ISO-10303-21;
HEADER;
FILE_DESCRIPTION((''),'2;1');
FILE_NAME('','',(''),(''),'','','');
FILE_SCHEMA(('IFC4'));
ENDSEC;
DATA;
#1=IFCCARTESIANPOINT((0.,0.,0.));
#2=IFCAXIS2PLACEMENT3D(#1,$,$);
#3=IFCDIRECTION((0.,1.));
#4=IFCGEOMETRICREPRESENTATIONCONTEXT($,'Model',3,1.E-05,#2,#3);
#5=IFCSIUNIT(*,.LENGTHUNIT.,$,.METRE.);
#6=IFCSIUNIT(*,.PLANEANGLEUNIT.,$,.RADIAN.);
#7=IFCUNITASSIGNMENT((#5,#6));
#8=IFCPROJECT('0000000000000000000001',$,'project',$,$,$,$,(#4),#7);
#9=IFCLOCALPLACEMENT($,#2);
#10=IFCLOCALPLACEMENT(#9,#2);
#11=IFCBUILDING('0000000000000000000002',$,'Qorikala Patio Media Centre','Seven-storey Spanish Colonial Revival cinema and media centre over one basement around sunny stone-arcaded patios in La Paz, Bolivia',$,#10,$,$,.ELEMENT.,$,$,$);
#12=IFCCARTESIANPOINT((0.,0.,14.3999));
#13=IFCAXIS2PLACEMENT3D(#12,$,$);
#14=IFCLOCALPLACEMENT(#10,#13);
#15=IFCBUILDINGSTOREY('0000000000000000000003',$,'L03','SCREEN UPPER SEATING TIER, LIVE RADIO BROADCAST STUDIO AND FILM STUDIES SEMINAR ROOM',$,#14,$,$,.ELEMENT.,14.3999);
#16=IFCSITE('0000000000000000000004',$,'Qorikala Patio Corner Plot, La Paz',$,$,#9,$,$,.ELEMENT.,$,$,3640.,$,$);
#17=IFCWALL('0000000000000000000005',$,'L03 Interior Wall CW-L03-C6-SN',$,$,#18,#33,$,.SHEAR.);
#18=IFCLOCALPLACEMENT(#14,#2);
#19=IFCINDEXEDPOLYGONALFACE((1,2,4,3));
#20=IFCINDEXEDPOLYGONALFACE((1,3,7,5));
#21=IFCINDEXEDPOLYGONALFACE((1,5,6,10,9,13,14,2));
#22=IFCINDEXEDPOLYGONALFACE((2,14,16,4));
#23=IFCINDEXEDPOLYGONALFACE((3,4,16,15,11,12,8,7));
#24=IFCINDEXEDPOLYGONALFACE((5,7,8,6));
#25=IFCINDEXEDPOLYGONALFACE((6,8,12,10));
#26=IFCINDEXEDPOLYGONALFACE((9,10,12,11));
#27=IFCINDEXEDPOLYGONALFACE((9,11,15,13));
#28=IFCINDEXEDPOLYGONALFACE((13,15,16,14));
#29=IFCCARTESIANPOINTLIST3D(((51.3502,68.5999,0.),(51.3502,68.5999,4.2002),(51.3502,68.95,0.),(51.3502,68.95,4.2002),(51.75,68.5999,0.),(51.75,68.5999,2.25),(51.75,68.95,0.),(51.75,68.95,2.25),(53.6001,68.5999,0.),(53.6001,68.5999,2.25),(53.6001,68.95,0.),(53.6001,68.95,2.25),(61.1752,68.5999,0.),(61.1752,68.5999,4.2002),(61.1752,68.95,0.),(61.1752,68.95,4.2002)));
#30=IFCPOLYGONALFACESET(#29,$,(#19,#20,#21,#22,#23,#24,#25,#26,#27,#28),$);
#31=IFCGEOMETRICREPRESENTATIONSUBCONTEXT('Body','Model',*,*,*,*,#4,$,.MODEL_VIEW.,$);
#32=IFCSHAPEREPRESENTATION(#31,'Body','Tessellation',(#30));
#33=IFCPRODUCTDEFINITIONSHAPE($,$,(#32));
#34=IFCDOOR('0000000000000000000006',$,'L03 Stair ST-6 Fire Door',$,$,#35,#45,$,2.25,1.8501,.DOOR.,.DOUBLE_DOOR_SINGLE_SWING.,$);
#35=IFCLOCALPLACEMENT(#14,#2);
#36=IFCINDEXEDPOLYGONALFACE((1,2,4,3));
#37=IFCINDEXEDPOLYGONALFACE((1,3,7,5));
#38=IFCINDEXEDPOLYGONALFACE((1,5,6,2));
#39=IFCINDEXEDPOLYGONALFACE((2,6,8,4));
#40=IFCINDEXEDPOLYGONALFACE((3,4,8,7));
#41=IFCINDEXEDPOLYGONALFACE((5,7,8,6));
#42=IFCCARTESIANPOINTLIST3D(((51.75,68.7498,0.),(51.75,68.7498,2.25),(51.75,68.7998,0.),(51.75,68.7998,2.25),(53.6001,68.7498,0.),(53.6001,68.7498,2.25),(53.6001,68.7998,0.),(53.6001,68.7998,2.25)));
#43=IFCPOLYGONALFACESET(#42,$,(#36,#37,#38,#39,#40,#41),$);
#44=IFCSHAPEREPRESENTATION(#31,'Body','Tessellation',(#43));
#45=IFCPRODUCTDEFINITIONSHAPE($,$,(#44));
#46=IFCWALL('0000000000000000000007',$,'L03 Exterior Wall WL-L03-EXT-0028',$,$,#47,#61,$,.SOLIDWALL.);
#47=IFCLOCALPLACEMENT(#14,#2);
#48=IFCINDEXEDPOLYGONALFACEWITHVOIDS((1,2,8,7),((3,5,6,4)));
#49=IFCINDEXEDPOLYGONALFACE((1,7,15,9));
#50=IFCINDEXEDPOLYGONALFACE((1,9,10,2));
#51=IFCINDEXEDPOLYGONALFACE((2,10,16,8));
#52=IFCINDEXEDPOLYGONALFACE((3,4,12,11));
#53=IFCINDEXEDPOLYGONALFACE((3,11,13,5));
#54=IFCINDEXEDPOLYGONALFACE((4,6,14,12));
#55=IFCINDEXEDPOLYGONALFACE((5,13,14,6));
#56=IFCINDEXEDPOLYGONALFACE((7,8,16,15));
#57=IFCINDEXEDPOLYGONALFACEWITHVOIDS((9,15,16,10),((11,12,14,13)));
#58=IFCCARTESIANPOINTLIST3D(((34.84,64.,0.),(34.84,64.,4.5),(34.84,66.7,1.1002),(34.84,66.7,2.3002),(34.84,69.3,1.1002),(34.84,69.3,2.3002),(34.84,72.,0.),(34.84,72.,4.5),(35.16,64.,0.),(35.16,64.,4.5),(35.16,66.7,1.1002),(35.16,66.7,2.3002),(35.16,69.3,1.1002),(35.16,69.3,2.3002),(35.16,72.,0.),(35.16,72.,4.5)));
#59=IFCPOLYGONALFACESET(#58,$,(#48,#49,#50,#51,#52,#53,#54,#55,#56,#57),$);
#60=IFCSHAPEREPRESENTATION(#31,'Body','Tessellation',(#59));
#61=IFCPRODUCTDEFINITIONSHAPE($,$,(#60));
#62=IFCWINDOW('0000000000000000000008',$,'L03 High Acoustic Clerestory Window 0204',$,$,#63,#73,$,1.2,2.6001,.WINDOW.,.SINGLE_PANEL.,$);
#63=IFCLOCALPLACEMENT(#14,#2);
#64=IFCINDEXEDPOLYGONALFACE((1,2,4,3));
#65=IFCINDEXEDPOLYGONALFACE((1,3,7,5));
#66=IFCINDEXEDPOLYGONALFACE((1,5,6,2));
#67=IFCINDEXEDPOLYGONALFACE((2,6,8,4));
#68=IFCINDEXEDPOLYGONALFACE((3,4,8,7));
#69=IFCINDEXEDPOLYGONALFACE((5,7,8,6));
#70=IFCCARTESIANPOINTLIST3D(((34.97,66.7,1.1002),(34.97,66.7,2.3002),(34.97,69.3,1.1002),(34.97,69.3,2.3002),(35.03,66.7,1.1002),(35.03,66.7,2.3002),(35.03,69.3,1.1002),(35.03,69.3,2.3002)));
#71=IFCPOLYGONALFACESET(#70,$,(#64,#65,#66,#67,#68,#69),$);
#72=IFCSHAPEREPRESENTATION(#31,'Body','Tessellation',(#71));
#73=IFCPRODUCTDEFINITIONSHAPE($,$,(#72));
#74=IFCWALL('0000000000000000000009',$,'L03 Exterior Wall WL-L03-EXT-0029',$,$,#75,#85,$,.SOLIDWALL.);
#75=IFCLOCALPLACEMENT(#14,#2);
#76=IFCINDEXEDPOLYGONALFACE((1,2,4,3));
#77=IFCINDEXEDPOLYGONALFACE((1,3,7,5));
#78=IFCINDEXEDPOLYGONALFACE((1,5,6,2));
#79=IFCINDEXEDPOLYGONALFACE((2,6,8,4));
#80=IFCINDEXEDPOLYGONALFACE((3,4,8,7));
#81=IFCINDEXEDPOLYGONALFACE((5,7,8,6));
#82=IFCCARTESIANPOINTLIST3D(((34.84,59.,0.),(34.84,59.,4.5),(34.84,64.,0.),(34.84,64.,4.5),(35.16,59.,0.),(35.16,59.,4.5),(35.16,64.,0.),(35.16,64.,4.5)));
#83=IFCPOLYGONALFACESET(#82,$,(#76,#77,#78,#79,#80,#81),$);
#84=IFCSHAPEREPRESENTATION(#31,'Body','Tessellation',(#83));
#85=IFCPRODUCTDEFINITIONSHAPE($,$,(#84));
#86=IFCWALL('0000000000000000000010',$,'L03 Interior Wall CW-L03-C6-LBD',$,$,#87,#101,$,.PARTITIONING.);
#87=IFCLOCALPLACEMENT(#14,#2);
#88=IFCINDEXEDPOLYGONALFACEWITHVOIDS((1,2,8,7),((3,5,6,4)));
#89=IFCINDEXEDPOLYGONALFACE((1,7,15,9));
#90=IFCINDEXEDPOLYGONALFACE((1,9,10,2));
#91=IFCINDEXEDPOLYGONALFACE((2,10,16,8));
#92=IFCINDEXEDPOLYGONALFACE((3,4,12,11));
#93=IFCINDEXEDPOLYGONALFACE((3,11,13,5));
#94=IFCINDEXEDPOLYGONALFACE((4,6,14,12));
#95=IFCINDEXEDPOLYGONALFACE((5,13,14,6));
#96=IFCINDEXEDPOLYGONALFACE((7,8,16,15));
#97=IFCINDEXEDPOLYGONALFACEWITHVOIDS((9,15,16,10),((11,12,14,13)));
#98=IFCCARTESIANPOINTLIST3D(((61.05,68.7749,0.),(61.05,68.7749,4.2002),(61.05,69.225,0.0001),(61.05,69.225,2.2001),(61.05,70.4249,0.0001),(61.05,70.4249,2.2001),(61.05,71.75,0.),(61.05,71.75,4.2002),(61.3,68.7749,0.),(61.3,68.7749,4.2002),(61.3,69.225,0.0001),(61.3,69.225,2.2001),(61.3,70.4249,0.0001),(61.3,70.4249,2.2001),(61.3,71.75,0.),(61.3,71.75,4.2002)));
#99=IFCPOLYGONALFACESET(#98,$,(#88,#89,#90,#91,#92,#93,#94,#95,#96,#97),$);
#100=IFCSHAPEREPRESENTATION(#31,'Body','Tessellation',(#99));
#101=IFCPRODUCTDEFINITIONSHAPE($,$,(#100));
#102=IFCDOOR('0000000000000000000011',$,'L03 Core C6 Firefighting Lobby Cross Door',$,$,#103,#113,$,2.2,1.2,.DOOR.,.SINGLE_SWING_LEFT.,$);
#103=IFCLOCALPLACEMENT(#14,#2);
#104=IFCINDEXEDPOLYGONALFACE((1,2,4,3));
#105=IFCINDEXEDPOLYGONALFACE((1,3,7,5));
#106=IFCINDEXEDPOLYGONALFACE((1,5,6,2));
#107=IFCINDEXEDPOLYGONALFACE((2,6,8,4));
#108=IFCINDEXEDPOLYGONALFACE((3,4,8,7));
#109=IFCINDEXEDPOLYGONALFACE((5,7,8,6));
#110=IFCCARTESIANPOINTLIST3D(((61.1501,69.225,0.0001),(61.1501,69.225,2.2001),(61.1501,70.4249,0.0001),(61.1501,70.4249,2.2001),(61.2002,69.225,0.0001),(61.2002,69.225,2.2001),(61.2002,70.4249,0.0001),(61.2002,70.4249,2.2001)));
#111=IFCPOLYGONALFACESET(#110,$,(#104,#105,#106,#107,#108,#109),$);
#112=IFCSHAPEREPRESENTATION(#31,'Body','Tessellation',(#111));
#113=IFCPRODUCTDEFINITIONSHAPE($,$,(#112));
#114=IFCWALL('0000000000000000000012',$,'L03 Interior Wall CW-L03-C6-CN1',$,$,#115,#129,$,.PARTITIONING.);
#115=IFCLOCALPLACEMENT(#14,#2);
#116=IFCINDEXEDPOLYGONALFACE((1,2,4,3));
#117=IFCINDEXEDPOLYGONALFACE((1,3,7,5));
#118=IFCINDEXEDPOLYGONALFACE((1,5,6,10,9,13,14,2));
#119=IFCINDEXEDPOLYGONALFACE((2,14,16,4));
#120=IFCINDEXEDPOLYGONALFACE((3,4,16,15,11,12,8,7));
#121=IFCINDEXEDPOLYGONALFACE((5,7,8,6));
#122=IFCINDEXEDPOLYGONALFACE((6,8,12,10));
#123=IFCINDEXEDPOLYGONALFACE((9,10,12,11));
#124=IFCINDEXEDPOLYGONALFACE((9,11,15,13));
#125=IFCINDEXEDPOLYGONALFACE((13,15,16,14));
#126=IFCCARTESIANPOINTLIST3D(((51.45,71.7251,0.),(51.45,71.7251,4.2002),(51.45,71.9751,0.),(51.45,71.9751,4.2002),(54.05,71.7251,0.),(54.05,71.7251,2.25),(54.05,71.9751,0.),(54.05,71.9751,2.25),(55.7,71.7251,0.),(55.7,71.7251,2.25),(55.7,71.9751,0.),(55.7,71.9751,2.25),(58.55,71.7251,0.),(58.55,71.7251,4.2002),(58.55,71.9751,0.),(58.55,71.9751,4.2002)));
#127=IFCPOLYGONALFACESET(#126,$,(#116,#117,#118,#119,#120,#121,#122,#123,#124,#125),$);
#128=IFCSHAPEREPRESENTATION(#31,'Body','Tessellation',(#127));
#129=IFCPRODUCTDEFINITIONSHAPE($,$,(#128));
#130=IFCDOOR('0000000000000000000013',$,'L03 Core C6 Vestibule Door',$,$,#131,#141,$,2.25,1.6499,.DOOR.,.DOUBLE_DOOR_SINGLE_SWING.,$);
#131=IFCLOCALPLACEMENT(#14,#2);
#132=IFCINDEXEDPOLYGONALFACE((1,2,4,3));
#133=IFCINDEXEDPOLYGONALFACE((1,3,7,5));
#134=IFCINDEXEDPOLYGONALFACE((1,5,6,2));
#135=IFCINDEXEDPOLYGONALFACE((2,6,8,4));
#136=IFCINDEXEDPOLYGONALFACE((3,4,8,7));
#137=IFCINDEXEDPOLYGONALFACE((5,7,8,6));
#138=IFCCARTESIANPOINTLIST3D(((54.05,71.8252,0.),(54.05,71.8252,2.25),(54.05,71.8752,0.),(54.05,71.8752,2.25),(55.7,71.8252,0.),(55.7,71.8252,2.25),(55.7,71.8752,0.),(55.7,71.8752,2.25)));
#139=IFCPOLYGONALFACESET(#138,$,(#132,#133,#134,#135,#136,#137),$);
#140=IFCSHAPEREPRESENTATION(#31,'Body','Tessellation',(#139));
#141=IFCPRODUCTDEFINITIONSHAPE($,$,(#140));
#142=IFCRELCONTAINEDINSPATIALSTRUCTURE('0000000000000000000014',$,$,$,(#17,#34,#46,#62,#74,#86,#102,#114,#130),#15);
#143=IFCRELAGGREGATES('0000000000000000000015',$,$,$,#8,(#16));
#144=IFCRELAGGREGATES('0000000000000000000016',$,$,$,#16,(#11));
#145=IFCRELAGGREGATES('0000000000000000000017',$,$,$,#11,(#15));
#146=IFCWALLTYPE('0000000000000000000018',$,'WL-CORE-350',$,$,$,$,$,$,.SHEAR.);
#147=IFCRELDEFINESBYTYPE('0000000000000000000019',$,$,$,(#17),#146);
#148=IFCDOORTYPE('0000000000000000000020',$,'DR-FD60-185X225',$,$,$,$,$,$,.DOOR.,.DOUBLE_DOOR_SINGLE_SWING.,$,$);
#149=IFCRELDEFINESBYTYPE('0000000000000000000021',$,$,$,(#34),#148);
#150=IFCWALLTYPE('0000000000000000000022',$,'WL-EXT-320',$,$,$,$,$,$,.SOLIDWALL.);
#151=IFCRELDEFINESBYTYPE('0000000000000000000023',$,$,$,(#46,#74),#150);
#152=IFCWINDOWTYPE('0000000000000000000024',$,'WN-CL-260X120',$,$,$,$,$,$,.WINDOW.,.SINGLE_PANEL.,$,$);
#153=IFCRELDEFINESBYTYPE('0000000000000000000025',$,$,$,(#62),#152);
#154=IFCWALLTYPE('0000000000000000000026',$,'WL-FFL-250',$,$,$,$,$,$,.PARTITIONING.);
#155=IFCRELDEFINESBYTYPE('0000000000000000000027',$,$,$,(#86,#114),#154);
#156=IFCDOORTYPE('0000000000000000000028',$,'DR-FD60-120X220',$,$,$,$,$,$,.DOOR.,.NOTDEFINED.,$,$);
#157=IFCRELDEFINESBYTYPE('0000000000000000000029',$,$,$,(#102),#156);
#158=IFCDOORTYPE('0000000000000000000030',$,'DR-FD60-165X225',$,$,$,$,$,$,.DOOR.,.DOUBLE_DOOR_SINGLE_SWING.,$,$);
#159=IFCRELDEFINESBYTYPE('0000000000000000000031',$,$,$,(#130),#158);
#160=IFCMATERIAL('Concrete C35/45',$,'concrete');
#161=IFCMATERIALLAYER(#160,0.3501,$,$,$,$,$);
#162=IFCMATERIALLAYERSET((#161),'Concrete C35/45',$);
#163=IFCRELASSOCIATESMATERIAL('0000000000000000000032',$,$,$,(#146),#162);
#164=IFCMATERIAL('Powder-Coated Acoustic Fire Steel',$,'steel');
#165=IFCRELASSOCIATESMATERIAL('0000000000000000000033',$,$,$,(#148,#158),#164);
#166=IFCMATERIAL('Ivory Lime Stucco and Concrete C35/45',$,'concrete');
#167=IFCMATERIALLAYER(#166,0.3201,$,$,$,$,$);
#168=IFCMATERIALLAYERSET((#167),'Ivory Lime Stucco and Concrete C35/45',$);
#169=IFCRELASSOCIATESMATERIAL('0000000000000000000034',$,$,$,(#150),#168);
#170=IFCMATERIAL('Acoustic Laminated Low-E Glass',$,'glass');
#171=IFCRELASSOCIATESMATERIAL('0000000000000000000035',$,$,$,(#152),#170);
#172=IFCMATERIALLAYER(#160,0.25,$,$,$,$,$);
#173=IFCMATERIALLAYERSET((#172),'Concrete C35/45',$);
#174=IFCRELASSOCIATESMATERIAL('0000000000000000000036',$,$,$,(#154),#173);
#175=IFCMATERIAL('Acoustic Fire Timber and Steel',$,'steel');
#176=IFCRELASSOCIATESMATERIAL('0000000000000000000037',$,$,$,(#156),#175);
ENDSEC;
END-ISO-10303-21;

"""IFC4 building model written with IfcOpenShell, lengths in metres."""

from ifc_helpers import new_model, si_unit, direction, frame, frame_2d, origin, place, context, subcontext, project, spatial, rectangle, extrude, material, layer, layer_set, type_object, element, fill, save


model = new_model("IFC4")

# Units and contexts
model_context = context("Model", 3, precision=1e-05, world=origin(), true_north=direction((0.0, 1.0)))
body_context = subcontext(model_context, "Body", "Model", "MODEL_VIEW")
ifc_project = project(units=[si_unit("LENGTHUNIT", "METRE"), si_unit("PLANEANGLEUNIT", "RADIAN")], contexts=[model_context])

# Site, building, storey
site_placement = place(None, origin())
site = spatial("IfcSite", under=ifc_project, at=site_placement, Name="Qorikala Patio Corner Plot, La Paz", CompositionType="ELEMENT", RefElevation=3640.0)
building_placement = place(site_placement, origin())
building = spatial("IfcBuilding", under=site, at=building_placement, Name="Qorikala Patio Media Centre", Description="Seven-storey Spanish Colonial Revival cinema and media centre over one basement around sunny stone-arcaded patios in La Paz, Bolivia", CompositionType="ELEMENT")
storey_placement = place(building_placement, frame((0.0, 0.0, 14.3999)))
storey = spatial("IfcBuildingStorey", under=building, at=storey_placement, Name="L03", Description="SCREEN UPPER SEATING TIER, LIVE RADIO BROADCAST STUDIO AND FILM STUDIES SEMINAR ROOM", CompositionType="ELEMENT", Elevation=14.3999)

# Shared definitions
ifc_material_1 = material(Name="Concrete C35/45", Category="concrete")

# Shared definitions
ifc_layer_1 = layer(ifc_material_1, 0.3501)
ifc_layer_set_1 = layer_set([ifc_layer_1], Name="Concrete C35/45")
wall_type_1 = type_object("IfcWallType", Name="WL-CORE-350", PredefinedType="SHEAR", material=ifc_layer_set_1)

# Wall, opening, door
wall_1_placement = place(storey_placement, frame((51.3501, 68.7749, 0.0), z_axis=(0.0, 0.0, 1.0), x_axis=(1.0, 0.0, 0.0)))
wall_1 = element("IfcWall", 1, at=wall_1_placement, inside=storey, type_object=wall_type_1, Name="L03 Interior Wall CW-L03-C6-SN", PredefinedType="SHEAR", context=body_context, shape_type="SweptSolid", body=[
    extrude(rectangle(XDim=9.825, YDim=0.3501, at=frame_2d((4.9126, 0.0))), origin(), (0.0, 0.0, 1.0), 4.2002),
])
opening_1_placement = place(wall_1_placement, frame((0.3999, 0.0, 0.0)))
opening_1 = element("IfcOpeningElement", 2, at=opening_1_placement, cuts=wall_1, PredefinedType="OPENING", context=body_context, shape_type="SweptSolid", body=[
    extrude(rectangle(XDim=1.8501, YDim=2.25, at=frame_2d((0.925, 1.125))), frame((0.0, 0.1851, 0.0), z_axis=(0.0, -1.0, 0.0), x_axis=(1.0, 0.0, 0.0)), (0.0, 0.0, 1.0), 0.3701),
])
ifc_material_2 = material(Name="Powder-Coated Acoustic Fire Steel", Category="steel")
door_type_1 = type_object("IfcDoorType", Name="DR-FD60-185X225", OperationType="DOUBLE_DOOR_SINGLE_SWING", PredefinedType="DOOR", material=ifc_material_2)
door_1_placement = place(opening_1_placement, origin())
door_1 = element("IfcDoor", 3, at=door_1_placement, inside=storey, type_object=door_type_1, Name="L03 Stair ST-6 Fire Door", OperationType="DOUBLE_DOOR_SINGLE_SWING", OverallHeight=2.25, OverallWidth=1.8501, PredefinedType="DOOR", context=body_context, shape_type="SweptSolid", body=[
    extrude(rectangle(XDim=1.8501, YDim=2.25, at=frame_2d((0.925, 1.125))), frame((0.0, 0.0249, 0.0), z_axis=(0.0, -1.0, 0.0), x_axis=(1.0, 0.0, 0.0)), (0.0, 0.0, 1.0), 0.05),
])
fill(opening_1, door_1)

# Wall, opening, window
ifc_material_3 = material(Name="Ivory Lime Stucco and Concrete C35/45", Category="concrete")
ifc_layer_2 = layer(ifc_material_3, 0.3201)
ifc_layer_set_2 = layer_set([ifc_layer_2], Name="Ivory Lime Stucco and Concrete C35/45")
wall_type_2 = type_object("IfcWallType", Name="WL-EXT-320", PredefinedType="SOLIDWALL", material=ifc_layer_set_2)
wall_2_placement = place(storey_placement, frame((35.0, 72.0, 0.0), z_axis=(0.0, 0.0, 1.0), x_axis=(0.0, -1.0, 0.0)))
wall_2 = element("IfcWall", 4, at=wall_2_placement, inside=storey, type_object=wall_type_2, Name="L03 Exterior Wall WL-L03-EXT-0028", PredefinedType="SOLIDWALL", context=body_context, shape_type="SweptSolid", body=[
    extrude(rectangle(XDim=8.0, YDim=0.3201, at=frame_2d((4.0, 0.0))), origin(), (0.0, 0.0, 1.0), 4.5),
])
opening_2_placement = place(wall_2_placement, frame((2.7, 0.0, 1.1001)))
opening_2 = element("IfcOpeningElement", 5, at=opening_2_placement, cuts=wall_2, PredefinedType="OPENING", context=body_context, shape_type="SweptSolid", body=[
    extrude(rectangle(XDim=2.6001, YDim=1.2, at=frame_2d((1.3, 0.6001))), frame((0.0, 0.1699, 0.0), z_axis=(0.0, -1.0, 0.0), x_axis=(1.0, 0.0, 0.0)), (0.0, 0.0, 1.0), 0.3401),
])
ifc_material_4 = material(Name="Acoustic Laminated Low-E Glass", Category="glass")
window_type = type_object("IfcWindowType", Name="WN-CL-260X120", PartitioningType="SINGLE_PANEL", PredefinedType="WINDOW", material=ifc_material_4)
window_placement = place(opening_2_placement, origin())
window = element("IfcWindow", 6, at=window_placement, inside=storey, type_object=window_type, Name="L03 High Acoustic Clerestory Window 0204", OverallHeight=1.2, OverallWidth=2.6001, PartitioningType="SINGLE_PANEL", PredefinedType="WINDOW", context=body_context, shape_type="SweptSolid", body=[
    extrude(rectangle(XDim=2.6001, YDim=1.2, at=frame_2d((1.3, 0.6001))), frame((0.0, 0.03, 0.0), z_axis=(0.0, -1.0, 0.0), x_axis=(1.0, 0.0, 0.0)), (0.0, 0.0, 1.0), 0.0601),
])
fill(opening_2, window)

# Wall
wall_3_placement = place(storey_placement, frame((35.0, 64.0, 0.0), z_axis=(0.0, 0.0, 1.0), x_axis=(0.0, -1.0, 0.0)))
element("IfcWall", 7, at=wall_3_placement, inside=storey, type_object=wall_type_2, Name="L03 Exterior Wall WL-L03-EXT-0029", PredefinedType="SOLIDWALL", context=body_context, shape_type="SweptSolid", body=[
    extrude(rectangle(XDim=5.0, YDim=0.3201, at=frame_2d((2.5, 0.0))), origin(), (0.0, 0.0, 1.0), 4.5),
])

# Walls, openings, doors
ifc_layer_3 = layer(ifc_material_1, 0.25)
ifc_layer_set_3 = layer_set([ifc_layer_3], Name="Concrete C35/45")
wall_type_3 = type_object("IfcWallType", Name="WL-FFL-250", PredefinedType="PARTITIONING", material=ifc_layer_set_3)
wall_4_placement = place(storey_placement, frame((61.175, 68.7749, 0.0), z_axis=(0.0, 0.0, 1.0), x_axis=(0.0, 1.0, 0.0)))
wall_4 = element("IfcWall", 8, at=wall_4_placement, inside=storey, type_object=wall_type_3, Name="L03 Interior Wall CW-L03-C6-LBD", PredefinedType="PARTITIONING", context=body_context, shape_type="SweptSolid", body=[
    extrude(rectangle(XDim=2.9751, YDim=0.25, at=frame_2d((1.4875, 0.0))), origin(), (0.0, 0.0, 1.0), 4.2002),
])
opening_3_placement = place(wall_4_placement, frame((0.45, 0.0, 0.0)))
opening_3 = element("IfcOpeningElement", 9, at=opening_3_placement, cuts=wall_4, PredefinedType="OPENING", context=body_context, shape_type="SweptSolid", body=[
    extrude(rectangle(XDim=1.2, YDim=2.2, at=frame_2d((0.6001, 1.1001))), frame((0.0, 0.135, 0.0), z_axis=(0.0, -1.0, 0.0), x_axis=(1.0, 0.0, 0.0)), (0.0, 0.0, 1.0), 0.27),
])
ifc_material_5 = material(Name="Acoustic Fire Timber and Steel", Category="steel")
door_type_2 = type_object("IfcDoorType", Name="DR-FD60-120X220", OperationType="NOTDEFINED", PredefinedType="DOOR", material=ifc_material_5)
door_2_placement = place(opening_3_placement, origin())
door_2 = element("IfcDoor", 10, at=door_2_placement, inside=storey, type_object=door_type_2, Name="L03 Core C6 Firefighting Lobby Cross Door", OperationType="SINGLE_SWING_LEFT", OverallHeight=2.2, OverallWidth=1.2, PredefinedType="DOOR", context=body_context, shape_type="SweptSolid", body=[
    extrude(rectangle(XDim=1.2, YDim=2.2, at=frame_2d((0.6001, 1.1001))), frame((0.0, 0.0249, 0.0), z_axis=(0.0, -1.0, 0.0), x_axis=(1.0, 0.0, 0.0)), (0.0, 0.0, 1.0), 0.05),
])
fill(opening_3, door_2)
wall_5_placement = place(storey_placement, frame((51.45, 71.8501, 0.0), z_axis=(0.0, 0.0, 1.0), x_axis=(1.0, 0.0, 0.0)))
wall_5 = element("IfcWall", 11, at=wall_5_placement, inside=storey, type_object=wall_type_3, Name="L03 Interior Wall CW-L03-C6-CN1", PredefinedType="PARTITIONING", context=body_context, shape_type="SweptSolid", body=[
    extrude(rectangle(XDim=7.1001, YDim=0.25, at=frame_2d((3.55, 0.0))), origin(), (0.0, 0.0, 1.0), 4.2002),
])
opening_4_placement = place(wall_5_placement, frame((2.6001, 0.0, 0.0)))
opening_4 = element("IfcOpeningElement", 12, at=opening_4_placement, cuts=wall_5, PredefinedType="OPENING", context=body_context, shape_type="SweptSolid", body=[
    extrude(rectangle(XDim=1.6499, YDim=2.25, at=frame_2d((0.825, 1.125))), frame((0.0, 0.135, 0.0), z_axis=(0.0, -1.0, 0.0), x_axis=(1.0, 0.0, 0.0)), (0.0, 0.0, 1.0), 0.27),
])
door_type_3 = type_object("IfcDoorType", Name="DR-FD60-165X225", OperationType="DOUBLE_DOOR_SINGLE_SWING", PredefinedType="DOOR", material=ifc_material_2)
door_3_placement = place(opening_4_placement, frame((1.6499, 0.0, 0.0), z_axis=(0.0, 0.0, 1.0), x_axis=(-1.0, 0.0, 0.0)))
door_3 = element("IfcDoor", 13, at=door_3_placement, inside=storey, type_object=door_type_3, Name="L03 Core C6 Vestibule Door", OperationType="DOUBLE_DOOR_SINGLE_SWING", OverallHeight=2.25, OverallWidth=1.6499, PredefinedType="DOOR", context=body_context, shape_type="SweptSolid", body=[
    extrude(rectangle(XDim=1.6499, YDim=2.25, at=frame_2d((0.825, 1.125))), frame((0.0, 0.0249, 0.0), z_axis=(0.0, -1.0, 0.0), x_axis=(1.0, 0.0, 0.0)), (0.0, 0.0, 1.0), 0.05),
])
fill(opening_4, door_3)

save(model, "model.ifc")
